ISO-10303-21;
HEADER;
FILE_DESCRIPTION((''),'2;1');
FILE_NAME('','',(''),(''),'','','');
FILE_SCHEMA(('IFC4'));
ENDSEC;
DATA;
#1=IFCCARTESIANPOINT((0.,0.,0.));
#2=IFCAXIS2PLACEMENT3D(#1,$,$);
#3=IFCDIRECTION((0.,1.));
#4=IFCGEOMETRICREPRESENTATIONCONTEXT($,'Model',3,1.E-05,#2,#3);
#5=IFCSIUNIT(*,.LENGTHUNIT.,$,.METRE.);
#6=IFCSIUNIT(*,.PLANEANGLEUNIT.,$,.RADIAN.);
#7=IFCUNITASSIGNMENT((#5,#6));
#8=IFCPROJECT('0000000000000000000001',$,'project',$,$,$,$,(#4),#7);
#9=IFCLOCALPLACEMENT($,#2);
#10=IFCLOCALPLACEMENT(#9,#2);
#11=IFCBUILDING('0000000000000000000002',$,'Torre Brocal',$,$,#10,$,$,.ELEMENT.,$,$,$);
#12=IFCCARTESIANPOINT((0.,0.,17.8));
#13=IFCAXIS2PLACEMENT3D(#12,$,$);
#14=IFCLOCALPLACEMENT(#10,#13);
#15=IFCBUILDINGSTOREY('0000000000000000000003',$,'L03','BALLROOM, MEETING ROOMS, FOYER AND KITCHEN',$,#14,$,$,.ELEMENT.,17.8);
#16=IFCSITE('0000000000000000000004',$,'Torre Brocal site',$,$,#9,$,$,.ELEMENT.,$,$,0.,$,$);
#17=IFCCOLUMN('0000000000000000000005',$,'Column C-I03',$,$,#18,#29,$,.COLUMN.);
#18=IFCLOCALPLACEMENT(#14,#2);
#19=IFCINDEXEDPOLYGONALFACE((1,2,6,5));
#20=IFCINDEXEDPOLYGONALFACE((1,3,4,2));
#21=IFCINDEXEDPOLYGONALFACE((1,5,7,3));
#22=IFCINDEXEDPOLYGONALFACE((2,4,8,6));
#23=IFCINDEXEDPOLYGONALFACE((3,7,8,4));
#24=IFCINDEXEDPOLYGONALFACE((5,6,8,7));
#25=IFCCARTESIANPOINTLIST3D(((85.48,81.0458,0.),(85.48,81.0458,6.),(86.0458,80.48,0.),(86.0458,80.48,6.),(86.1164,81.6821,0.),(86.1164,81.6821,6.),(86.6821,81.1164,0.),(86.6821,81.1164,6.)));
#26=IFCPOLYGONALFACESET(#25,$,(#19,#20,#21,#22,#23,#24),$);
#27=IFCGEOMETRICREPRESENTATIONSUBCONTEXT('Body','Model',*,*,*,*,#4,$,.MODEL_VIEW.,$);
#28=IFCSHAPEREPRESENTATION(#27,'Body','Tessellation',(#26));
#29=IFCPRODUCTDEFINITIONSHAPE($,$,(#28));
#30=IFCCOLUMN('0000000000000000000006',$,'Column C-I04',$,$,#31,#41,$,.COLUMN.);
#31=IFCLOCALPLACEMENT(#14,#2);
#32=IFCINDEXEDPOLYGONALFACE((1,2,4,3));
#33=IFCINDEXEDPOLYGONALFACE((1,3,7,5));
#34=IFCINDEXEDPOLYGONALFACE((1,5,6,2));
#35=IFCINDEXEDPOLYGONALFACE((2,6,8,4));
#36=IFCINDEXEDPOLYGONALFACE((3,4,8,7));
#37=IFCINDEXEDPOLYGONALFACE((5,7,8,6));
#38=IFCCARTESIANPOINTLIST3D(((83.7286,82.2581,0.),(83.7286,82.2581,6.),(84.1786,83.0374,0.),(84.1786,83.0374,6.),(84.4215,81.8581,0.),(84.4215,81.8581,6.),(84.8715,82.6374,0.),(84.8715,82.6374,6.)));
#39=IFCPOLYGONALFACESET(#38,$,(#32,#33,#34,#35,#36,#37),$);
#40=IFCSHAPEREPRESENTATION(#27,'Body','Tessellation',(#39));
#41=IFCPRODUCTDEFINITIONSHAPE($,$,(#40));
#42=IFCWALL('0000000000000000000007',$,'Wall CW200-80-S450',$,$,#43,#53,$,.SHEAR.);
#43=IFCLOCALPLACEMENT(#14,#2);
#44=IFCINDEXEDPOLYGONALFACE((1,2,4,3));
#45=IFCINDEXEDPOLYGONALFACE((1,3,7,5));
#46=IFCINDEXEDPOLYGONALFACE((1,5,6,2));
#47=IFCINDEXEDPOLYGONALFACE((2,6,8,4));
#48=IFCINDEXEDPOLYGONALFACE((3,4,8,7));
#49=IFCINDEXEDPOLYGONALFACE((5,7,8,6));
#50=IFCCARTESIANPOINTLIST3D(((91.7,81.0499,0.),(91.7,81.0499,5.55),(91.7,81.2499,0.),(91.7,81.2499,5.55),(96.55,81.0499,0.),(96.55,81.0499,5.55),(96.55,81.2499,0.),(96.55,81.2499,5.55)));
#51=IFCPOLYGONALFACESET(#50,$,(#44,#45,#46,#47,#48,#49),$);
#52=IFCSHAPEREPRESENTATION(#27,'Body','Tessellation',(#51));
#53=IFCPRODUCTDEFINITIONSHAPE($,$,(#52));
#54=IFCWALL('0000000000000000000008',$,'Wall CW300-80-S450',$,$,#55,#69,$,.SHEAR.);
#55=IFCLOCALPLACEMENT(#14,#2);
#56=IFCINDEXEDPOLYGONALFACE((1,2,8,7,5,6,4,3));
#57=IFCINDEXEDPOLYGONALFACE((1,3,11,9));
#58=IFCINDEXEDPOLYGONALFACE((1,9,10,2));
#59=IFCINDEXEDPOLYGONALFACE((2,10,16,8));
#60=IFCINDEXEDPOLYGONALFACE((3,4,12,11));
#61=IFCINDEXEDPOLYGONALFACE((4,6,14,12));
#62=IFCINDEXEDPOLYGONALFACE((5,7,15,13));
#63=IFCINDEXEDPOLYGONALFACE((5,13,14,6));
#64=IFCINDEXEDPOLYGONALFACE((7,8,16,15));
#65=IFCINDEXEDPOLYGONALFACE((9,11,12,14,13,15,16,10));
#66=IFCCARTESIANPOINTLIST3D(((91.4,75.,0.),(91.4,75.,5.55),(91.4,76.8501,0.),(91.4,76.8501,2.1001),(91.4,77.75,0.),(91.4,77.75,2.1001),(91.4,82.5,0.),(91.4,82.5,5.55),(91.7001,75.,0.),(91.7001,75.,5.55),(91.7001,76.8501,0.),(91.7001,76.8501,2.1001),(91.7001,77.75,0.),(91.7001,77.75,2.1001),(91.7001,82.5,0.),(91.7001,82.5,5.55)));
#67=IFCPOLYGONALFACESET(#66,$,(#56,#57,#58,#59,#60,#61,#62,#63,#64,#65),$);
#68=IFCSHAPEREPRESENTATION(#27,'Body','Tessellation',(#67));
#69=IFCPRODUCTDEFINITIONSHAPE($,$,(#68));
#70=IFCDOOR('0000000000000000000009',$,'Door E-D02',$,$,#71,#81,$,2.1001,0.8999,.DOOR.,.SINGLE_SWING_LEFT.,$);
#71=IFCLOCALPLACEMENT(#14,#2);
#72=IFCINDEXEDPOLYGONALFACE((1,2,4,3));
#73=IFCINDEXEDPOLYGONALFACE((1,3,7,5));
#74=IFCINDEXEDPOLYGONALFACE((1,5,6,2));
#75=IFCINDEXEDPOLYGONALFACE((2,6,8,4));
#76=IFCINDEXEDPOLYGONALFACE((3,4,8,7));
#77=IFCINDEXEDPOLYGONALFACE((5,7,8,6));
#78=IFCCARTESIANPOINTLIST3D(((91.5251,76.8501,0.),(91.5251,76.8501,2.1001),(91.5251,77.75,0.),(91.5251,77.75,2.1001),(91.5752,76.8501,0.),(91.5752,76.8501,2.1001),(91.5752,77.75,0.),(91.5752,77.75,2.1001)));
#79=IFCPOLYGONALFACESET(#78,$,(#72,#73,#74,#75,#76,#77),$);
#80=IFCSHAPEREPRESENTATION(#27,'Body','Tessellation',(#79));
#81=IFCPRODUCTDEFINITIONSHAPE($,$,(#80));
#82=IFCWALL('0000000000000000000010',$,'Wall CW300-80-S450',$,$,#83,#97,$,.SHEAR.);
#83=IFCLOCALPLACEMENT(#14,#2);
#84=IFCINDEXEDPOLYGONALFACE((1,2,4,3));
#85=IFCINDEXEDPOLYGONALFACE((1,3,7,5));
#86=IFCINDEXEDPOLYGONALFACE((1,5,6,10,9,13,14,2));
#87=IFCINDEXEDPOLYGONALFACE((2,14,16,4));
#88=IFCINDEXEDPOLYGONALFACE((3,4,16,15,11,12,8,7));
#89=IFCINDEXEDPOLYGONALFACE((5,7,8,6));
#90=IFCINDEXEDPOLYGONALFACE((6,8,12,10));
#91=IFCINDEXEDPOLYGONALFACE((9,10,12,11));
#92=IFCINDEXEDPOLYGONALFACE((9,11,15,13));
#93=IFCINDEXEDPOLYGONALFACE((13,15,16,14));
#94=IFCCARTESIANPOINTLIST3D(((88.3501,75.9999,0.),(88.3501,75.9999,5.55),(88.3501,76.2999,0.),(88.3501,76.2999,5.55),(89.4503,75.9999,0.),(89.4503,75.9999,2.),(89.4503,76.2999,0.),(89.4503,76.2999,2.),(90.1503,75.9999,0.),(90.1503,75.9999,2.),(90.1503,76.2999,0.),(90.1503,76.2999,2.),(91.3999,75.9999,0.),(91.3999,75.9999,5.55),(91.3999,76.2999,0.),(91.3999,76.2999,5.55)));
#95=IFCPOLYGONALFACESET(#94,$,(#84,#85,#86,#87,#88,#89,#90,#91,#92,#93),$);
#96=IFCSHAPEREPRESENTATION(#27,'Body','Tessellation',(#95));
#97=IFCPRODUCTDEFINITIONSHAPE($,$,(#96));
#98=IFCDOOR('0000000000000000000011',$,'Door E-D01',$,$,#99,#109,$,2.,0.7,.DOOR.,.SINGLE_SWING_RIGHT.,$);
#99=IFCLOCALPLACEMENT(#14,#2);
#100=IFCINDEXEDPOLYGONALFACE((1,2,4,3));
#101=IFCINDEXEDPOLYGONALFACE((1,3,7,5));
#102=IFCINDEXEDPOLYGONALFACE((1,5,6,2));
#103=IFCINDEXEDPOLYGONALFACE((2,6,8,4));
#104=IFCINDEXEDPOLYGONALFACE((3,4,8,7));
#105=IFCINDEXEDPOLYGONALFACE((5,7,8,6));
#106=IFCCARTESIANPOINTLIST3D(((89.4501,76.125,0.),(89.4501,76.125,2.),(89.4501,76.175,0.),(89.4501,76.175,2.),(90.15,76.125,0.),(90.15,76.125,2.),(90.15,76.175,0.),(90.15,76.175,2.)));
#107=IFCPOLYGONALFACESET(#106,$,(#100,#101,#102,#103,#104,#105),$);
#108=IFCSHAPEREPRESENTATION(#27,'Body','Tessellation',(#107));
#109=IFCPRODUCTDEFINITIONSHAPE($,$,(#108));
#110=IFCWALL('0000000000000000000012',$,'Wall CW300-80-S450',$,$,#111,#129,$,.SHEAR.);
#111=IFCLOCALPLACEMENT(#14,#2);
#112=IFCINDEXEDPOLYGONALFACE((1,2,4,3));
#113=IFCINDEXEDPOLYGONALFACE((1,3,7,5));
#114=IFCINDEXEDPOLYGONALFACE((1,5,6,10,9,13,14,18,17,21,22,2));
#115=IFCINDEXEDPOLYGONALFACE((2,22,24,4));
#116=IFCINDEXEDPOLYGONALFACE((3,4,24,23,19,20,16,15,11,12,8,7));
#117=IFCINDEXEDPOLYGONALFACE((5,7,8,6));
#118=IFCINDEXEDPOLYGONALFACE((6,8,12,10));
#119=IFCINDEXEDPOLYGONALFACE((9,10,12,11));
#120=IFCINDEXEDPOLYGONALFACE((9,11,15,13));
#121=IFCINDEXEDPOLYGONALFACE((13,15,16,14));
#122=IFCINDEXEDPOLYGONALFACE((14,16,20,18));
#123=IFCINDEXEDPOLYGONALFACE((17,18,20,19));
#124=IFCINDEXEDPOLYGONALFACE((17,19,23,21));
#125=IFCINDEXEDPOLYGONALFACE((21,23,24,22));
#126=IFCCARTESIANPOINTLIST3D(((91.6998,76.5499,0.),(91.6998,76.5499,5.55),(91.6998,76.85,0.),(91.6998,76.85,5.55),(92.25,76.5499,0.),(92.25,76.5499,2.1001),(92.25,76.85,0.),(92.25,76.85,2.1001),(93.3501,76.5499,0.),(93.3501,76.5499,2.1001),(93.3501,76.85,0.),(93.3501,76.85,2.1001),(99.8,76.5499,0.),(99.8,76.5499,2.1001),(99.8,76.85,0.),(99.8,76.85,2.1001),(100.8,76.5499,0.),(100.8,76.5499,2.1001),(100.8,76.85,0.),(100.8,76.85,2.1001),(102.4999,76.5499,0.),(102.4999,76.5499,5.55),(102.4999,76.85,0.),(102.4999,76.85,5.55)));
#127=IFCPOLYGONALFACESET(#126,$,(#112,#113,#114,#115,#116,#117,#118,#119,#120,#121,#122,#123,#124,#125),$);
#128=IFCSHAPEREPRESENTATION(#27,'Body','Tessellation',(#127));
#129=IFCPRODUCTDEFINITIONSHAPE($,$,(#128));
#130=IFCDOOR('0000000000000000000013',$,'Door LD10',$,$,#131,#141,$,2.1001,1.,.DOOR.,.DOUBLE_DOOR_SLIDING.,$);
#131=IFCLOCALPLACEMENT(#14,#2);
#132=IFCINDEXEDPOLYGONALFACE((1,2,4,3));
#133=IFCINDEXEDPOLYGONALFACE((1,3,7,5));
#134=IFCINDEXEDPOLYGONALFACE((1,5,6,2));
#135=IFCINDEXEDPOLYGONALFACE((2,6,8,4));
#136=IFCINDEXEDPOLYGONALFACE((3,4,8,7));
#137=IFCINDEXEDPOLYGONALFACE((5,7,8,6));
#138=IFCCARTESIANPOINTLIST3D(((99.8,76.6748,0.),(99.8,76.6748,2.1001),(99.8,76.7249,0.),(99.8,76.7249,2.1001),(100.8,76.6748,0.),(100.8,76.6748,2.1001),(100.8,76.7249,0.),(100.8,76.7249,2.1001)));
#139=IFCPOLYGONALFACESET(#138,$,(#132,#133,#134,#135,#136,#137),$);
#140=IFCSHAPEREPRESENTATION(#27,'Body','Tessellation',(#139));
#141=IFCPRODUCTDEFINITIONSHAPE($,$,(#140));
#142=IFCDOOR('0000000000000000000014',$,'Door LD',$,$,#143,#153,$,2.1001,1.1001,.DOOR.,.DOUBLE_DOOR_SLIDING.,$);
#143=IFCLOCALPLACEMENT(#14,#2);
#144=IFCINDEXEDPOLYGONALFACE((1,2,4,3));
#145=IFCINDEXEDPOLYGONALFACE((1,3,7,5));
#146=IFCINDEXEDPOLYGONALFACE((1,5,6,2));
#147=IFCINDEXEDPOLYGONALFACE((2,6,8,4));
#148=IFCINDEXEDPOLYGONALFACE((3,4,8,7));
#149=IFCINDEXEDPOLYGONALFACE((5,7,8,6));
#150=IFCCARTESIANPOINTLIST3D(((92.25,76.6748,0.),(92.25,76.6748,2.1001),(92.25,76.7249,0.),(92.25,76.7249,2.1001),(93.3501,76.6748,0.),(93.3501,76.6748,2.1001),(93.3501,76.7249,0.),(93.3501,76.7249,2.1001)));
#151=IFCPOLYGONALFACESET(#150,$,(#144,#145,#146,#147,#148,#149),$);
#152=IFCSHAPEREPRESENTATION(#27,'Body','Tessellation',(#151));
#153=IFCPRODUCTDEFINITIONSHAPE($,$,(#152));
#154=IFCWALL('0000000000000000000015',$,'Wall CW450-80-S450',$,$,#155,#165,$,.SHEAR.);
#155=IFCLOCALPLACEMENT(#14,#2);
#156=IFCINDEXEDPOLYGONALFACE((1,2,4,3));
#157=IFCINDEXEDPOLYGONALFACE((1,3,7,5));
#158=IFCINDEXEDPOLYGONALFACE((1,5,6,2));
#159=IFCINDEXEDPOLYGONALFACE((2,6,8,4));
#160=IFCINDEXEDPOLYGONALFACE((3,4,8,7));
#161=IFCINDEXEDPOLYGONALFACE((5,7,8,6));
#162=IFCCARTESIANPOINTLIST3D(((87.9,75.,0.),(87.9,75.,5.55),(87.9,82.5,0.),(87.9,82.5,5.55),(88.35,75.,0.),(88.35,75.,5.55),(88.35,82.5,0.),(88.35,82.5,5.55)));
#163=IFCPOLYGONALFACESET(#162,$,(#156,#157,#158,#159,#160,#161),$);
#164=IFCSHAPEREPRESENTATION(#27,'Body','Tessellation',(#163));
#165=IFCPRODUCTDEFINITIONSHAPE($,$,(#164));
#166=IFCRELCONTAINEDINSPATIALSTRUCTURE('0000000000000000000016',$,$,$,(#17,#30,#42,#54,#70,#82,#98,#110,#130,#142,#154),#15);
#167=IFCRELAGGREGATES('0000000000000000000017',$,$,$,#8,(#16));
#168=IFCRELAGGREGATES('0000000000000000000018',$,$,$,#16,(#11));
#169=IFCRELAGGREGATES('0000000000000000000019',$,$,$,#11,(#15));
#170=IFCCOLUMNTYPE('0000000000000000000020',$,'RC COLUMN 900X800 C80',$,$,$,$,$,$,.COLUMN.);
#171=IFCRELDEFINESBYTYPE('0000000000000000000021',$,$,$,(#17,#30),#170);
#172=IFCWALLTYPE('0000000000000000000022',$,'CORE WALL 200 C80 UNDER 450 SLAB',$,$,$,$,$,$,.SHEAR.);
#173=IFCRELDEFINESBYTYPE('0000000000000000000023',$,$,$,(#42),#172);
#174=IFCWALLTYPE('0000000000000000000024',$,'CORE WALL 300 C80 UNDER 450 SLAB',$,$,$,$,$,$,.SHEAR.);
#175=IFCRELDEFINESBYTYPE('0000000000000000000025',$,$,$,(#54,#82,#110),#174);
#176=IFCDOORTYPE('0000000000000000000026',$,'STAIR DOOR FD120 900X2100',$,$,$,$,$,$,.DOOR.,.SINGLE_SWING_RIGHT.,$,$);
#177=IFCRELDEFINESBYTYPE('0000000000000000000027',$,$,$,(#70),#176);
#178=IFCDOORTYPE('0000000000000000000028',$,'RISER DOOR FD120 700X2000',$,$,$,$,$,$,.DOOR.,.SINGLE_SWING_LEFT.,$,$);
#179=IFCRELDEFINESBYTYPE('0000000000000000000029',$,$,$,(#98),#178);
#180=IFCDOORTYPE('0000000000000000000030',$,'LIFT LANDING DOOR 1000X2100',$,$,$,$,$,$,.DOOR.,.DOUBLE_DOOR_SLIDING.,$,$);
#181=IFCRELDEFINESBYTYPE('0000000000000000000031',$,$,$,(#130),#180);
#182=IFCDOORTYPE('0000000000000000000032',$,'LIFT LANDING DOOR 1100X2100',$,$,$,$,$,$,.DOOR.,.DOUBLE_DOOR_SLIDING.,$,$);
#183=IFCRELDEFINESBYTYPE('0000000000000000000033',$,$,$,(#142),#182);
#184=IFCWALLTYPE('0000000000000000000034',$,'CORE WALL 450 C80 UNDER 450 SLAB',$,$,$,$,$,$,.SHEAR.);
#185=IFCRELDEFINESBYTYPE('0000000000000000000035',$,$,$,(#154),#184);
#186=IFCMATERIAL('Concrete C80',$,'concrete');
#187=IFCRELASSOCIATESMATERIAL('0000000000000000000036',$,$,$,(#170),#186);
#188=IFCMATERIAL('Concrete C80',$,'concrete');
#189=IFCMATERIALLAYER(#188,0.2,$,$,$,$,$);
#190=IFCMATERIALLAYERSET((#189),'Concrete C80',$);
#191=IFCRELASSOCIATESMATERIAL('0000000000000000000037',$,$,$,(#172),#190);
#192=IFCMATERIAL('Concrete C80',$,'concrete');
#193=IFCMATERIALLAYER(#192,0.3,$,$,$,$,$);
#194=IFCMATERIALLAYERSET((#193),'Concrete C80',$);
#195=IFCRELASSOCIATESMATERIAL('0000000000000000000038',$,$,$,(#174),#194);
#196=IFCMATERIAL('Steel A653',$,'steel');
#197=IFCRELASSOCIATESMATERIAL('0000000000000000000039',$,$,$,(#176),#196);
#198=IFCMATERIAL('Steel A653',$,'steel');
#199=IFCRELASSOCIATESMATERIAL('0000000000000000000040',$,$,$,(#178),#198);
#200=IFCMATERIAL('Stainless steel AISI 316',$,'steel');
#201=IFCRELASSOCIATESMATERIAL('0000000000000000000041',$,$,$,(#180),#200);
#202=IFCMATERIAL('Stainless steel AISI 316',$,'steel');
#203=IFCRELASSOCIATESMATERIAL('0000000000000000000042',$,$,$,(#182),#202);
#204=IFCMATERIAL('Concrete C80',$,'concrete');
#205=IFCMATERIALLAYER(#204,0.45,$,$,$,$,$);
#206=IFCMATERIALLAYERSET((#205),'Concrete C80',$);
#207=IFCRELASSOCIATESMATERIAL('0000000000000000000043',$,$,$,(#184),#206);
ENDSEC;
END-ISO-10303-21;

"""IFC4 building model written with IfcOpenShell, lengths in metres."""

from ifc_helpers import new_model, si_unit, direction, frame, frame_2d, origin, origin_2d, place, context, subcontext, project, spatial, rectangle, extrude, material, layer, layer_set, material_profile, profile_set, type_object, element, fill, save


model = new_model("IFC4")

# Units and contexts
model_context = context("Model", 3, precision=1e-05, world=origin(), true_north=direction((0.0, 1.0)))
body_context = subcontext(model_context, "Body", "Model", "MODEL_VIEW")
ifc_project = project(units=[si_unit("LENGTHUNIT", "METRE"), si_unit("PLANEANGLEUNIT", "RADIAN")], contexts=[model_context])

# Site, building, storey
site_placement = place(None, origin())
site = spatial("IfcSite", under=ifc_project, at=site_placement, Name="Torre Brocal site", CompositionType="ELEMENT", RefElevation=0.0)
building_placement = place(site_placement, origin())
building = spatial("IfcBuilding", under=site, at=building_placement, Name="Torre Brocal", CompositionType="ELEMENT")
storey_placement = place(building_placement, frame((0.0, 0.0, 17.8)))
storey = spatial("IfcBuildingStorey", under=building, at=storey_placement, Name="L03", Description="BALLROOM, MEETING ROOMS, FOYER AND KITCHEN", CompositionType="ELEMENT", Elevation=17.8)

# Columns
ifc_material_1 = material(Name="Concrete C80", Category="concrete")
ifc_material_profile = material_profile(ifc_material_1, rectangle(XDim=0.8999, YDim=0.8, at=origin_2d()), Name="RC 900X800")
ifc_profile_set = profile_set([ifc_material_profile], Name="Concrete C80")
column_type = type_object("IfcColumnType", Name="RC COLUMN 900X800 C80", PredefinedType="COLUMN", material=ifc_profile_set)
for number, where, z_axis, x_axis, name in (
    (1, (86.0811, 81.0811, 0.0), (0.0, 0.0, 1.0), (0.707107, 0.707107, 0.0), "Column C-I03"),
    (2, (84.3, 82.4478, 0.0), (0.0, 0.0, 1.0), (0.5, 0.866025, 0.0), "Column C-I04"),
):
    element("IfcColumn", number, at=place(storey_placement, frame(where, z_axis=z_axis, x_axis=x_axis)), inside=storey, type_object=column_type, Name=name, PredefinedType="COLUMN", context=body_context, shape_type="SweptSolid", body=[
        extrude(rectangle(XDim=0.8999, YDim=0.8, at=origin_2d()), origin(), (0.0, 0.0, 1.0), 6.0),
    ])

# Wall
ifc_material_2 = material(Name="Concrete C80", Category="concrete")
ifc_layer_1 = layer(ifc_material_2, 0.2)
ifc_layer_set_1 = layer_set([ifc_layer_1], Name="Concrete C80")
wall_type_1 = type_object("IfcWallType", Name="CORE WALL 200 C80 UNDER 450 SLAB", PredefinedType="SHEAR", material=ifc_layer_set_1)
wall_1_placement = place(storey_placement, frame((91.7, 81.1499, 0.0), z_axis=(0.0, 0.0, 1.0), x_axis=(1.0, 0.0, 0.0)))
element("IfcWall", 3, at=wall_1_placement, inside=storey, type_object=wall_type_1, Name="Wall CW200-80-S450", PredefinedType="SHEAR", context=body_context, shape_type="SweptSolid", body=[
    extrude(rectangle(XDim=4.8501, YDim=0.2, at=frame_2d((2.425, 0.0))), origin(), (0.0, 0.0, 1.0), 5.55),
])

# Walls, openings, doors
ifc_material_3 = material(Name="Concrete C80", Category="concrete")
ifc_layer_2 = layer(ifc_material_3, 0.3)
ifc_layer_set_2 = layer_set([ifc_layer_2], Name="Concrete C80")
wall_type_2 = type_object("IfcWallType", Name="CORE WALL 300 C80 UNDER 450 SLAB", PredefinedType="SHEAR", material=ifc_layer_set_2)
wall_2_placement = place(storey_placement, frame((91.55, 75.0, 0.0), z_axis=(0.0, 0.0, 1.0), x_axis=(0.0, 1.0, 0.0)))
wall_2 = element("IfcWall", 4, at=wall_2_placement, inside=storey, type_object=wall_type_2, Name="Wall CW300-80-S450", PredefinedType="SHEAR", context=body_context, shape_type="SweptSolid", body=[
    extrude(rectangle(XDim=7.5, YDim=0.3, at=frame_2d((3.75, 0.0))), origin(), (0.0, 0.0, 1.0), 5.55),
])
opening_1_placement = place(wall_2_placement, frame((1.8501, 0.0, 0.0)))
opening_1 = element("IfcOpeningElement", 5, at=opening_1_placement, cuts=wall_2, PredefinedType="OPENING", context=body_context, shape_type="SweptSolid", body=[
    extrude(rectangle(XDim=0.8999, YDim=2.1001, at=frame_2d((0.45, 1.05))), frame((0.0, 0.1599, 0.0), z_axis=(0.0, -1.0, 0.0), x_axis=(1.0, 0.0, 0.0)), (0.0, 0.0, 1.0), 0.3201),
])
ifc_material_4 = material(Name="Steel A653", Category="steel")
door_type_1 = type_object("IfcDoorType", Name="STAIR DOOR FD120 900X2100", OperationType="SINGLE_SWING_RIGHT", PredefinedType="DOOR", material=ifc_material_4)
door_1_placement = place(opening_1_placement, origin())
door_1 = element("IfcDoor", 6, at=door_1_placement, inside=storey, type_object=door_type_1, Name="Door E-D02", OperationType="SINGLE_SWING_LEFT", OverallHeight=2.1001, OverallWidth=0.8999, PredefinedType="DOOR", context=body_context, shape_type="SweptSolid", body=[
    extrude(rectangle(XDim=0.8999, YDim=2.1001, at=frame_2d((0.45, 1.05))), frame((0.0, 0.0249, 0.0), z_axis=(0.0, -1.0, 0.0), x_axis=(1.0, 0.0, 0.0)), (0.0, 0.0, 1.0), 0.05),
])
fill(opening_1, door_1)
wall_3_placement = place(storey_placement, frame((88.3501, 76.1499, 0.0), z_axis=(0.0, 0.0, 1.0), x_axis=(1.0, 0.0, 0.0)))
wall_3 = element("IfcWall", 7, at=wall_3_placement, inside=storey, type_object=wall_type_2, Name="Wall CW300-80-S450", PredefinedType="SHEAR", context=body_context, shape_type="SweptSolid", body=[
    extrude(rectangle(XDim=3.0498, YDim=0.3, at=frame_2d((1.5249, 0.0))), origin(), (0.0, 0.0, 1.0), 5.55),
])
opening_2_placement = place(wall_3_placement, frame((1.1001, 0.0, 0.0)))
opening_2 = element("IfcOpeningElement", 8, at=opening_2_placement, cuts=wall_3, PredefinedType="OPENING", context=body_context, shape_type="SweptSolid", body=[
    extrude(rectangle(XDim=0.7, YDim=2.0, at=frame_2d((0.3501, 1.0))), frame((0.0, 0.1599, 0.0), z_axis=(0.0, -1.0, 0.0), x_axis=(1.0, 0.0, 0.0)), (0.0, 0.0, 1.0), 0.3201),
])
ifc_material_5 = material(Name="Steel A653", Category="steel")
door_type_2 = type_object("IfcDoorType", Name="RISER DOOR FD120 700X2000", OperationType="SINGLE_SWING_LEFT", PredefinedType="DOOR", material=ifc_material_5)
door_2_placement = place(opening_2_placement, frame((0.7, 0.0, 0.0), z_axis=(0.0, 0.0, 1.0), x_axis=(-1.0, 0.0, 0.0)))
door_2 = element("IfcDoor", 9, at=door_2_placement, inside=storey, type_object=door_type_2, Name="Door E-D01", OperationType="SINGLE_SWING_RIGHT", OverallHeight=2.0, OverallWidth=0.7, PredefinedType="DOOR", context=body_context, shape_type="SweptSolid", body=[
    extrude(rectangle(XDim=0.7, YDim=2.0, at=frame_2d((0.3501, 1.0))), frame((0.0, 0.0249, 0.0), z_axis=(0.0, -1.0, 0.0), x_axis=(1.0, 0.0, 0.0)), (0.0, 0.0, 1.0), 0.05),
])
fill(opening_2, door_2)

# Wall, openings, doors
wall_4_placement = place(storey_placement, frame((91.7, 76.7, 0.0), z_axis=(0.0, 0.0, 1.0), x_axis=(1.0, 0.0, 0.0)))
wall_4 = element("IfcWall", 10, at=wall_4_placement, inside=storey, type_object=wall_type_2, Name="Wall CW300-80-S450", PredefinedType="SHEAR", context=body_context, shape_type="SweptSolid", body=[
    extrude(rectangle(XDim=10.8, YDim=0.3, at=frame_2d((5.3999, 0.0))), origin(), (0.0, 0.0, 1.0), 5.55),
])
opening_3_placement = place(wall_4_placement, frame((0.55, 0.0, 0.0)))
opening_3 = element("IfcOpeningElement", 11, at=opening_3_placement, cuts=wall_4, PredefinedType="OPENING", context=body_context, shape_type="SweptSolid", body=[
    extrude(rectangle(XDim=1.1001, YDim=2.1001, at=frame_2d((0.55, 1.05))), frame((0.0, 0.1599, 0.0), z_axis=(0.0, -1.0, 0.0), x_axis=(1.0, 0.0, 0.0)), (0.0, 0.0, 1.0), 0.3201),
])
opening_4_placement = place(wall_4_placement, frame((8.1001, 0.0, 0.0)))
opening_4 = element("IfcOpeningElement", 12, at=opening_4_placement, cuts=wall_4, PredefinedType="OPENING", context=body_context, shape_type="SweptSolid", body=[
    extrude(rectangle(XDim=1.0, YDim=2.1001, at=frame_2d((0.5, 1.05))), frame((0.0, 0.1599, 0.0), z_axis=(0.0, -1.0, 0.0), x_axis=(1.0, 0.0, 0.0)), (0.0, 0.0, 1.0), 0.3201),
])
ifc_material_6 = material(Name="Stainless steel AISI 316", Category="steel")
door_type_3 = type_object("IfcDoorType", Name="LIFT LANDING DOOR 1000X2100", OperationType="DOUBLE_DOOR_SLIDING", PredefinedType="DOOR", material=ifc_material_6)
door_3_placement = place(opening_4_placement, origin())
door_3 = element("IfcDoor", 13, at=door_3_placement, inside=storey, type_object=door_type_3, Name="Door LD10", OperationType="DOUBLE_DOOR_SLIDING", OverallHeight=2.1001, OverallWidth=1.0, PredefinedType="DOOR", context=body_context, shape_type="SweptSolid", body=[
    extrude(rectangle(XDim=1.0, YDim=2.1001, at=frame_2d((0.5, 1.05))), frame((0.0, 0.0249, 0.0), z_axis=(0.0, -1.0, 0.0), x_axis=(1.0, 0.0, 0.0)), (0.0, 0.0, 1.0), 0.05),
])
fill(opening_4, door_3)
ifc_material_7 = material(Name="Stainless steel AISI 316", Category="steel")
door_type_4 = type_object("IfcDoorType", Name="LIFT LANDING DOOR 1100X2100", OperationType="DOUBLE_DOOR_SLIDING", PredefinedType="DOOR", material=ifc_material_7)
door_4_placement = place(opening_3_placement, origin())
door_4 = element("IfcDoor", 14, at=door_4_placement, inside=storey, type_object=door_type_4, Name="Door LD", OperationType="DOUBLE_DOOR_SLIDING", OverallHeight=2.1001, OverallWidth=1.1001, PredefinedType="DOOR", context=body_context, shape_type="SweptSolid", body=[
    extrude(rectangle(XDim=1.1001, YDim=2.1001, at=frame_2d((0.55, 1.05))), frame((0.0, 0.0249, 0.0), z_axis=(0.0, -1.0, 0.0), x_axis=(1.0, 0.0, 0.0)), (0.0, 0.0, 1.0), 0.05),
])
fill(opening_3, door_4)

# Wall
ifc_material_8 = material(Name="Concrete C80", Category="concrete")
ifc_layer_3 = layer(ifc_material_8, 0.45)
ifc_layer_set_3 = layer_set([ifc_layer_3], Name="Concrete C80")
wall_type_3 = type_object("IfcWallType", Name="CORE WALL 450 C80 UNDER 450 SLAB", PredefinedType="SHEAR", material=ifc_layer_set_3)
wall_5_placement = place(storey_placement, frame((88.125, 75.0, 0.0), z_axis=(0.0, 0.0, 1.0), x_axis=(0.0, 1.0, 0.0)))
element("IfcWall", 15, at=wall_5_placement, inside=storey, type_object=wall_type_3, Name="Wall CW450-80-S450", PredefinedType="SHEAR", context=body_context, shape_type="SweptSolid", body=[
    extrude(rectangle(XDim=7.5, YDim=0.45, at=frame_2d((3.75, 0.0))), origin(), (0.0, 0.0, 1.0), 5.55),
])

save(model, "model.ifc")
